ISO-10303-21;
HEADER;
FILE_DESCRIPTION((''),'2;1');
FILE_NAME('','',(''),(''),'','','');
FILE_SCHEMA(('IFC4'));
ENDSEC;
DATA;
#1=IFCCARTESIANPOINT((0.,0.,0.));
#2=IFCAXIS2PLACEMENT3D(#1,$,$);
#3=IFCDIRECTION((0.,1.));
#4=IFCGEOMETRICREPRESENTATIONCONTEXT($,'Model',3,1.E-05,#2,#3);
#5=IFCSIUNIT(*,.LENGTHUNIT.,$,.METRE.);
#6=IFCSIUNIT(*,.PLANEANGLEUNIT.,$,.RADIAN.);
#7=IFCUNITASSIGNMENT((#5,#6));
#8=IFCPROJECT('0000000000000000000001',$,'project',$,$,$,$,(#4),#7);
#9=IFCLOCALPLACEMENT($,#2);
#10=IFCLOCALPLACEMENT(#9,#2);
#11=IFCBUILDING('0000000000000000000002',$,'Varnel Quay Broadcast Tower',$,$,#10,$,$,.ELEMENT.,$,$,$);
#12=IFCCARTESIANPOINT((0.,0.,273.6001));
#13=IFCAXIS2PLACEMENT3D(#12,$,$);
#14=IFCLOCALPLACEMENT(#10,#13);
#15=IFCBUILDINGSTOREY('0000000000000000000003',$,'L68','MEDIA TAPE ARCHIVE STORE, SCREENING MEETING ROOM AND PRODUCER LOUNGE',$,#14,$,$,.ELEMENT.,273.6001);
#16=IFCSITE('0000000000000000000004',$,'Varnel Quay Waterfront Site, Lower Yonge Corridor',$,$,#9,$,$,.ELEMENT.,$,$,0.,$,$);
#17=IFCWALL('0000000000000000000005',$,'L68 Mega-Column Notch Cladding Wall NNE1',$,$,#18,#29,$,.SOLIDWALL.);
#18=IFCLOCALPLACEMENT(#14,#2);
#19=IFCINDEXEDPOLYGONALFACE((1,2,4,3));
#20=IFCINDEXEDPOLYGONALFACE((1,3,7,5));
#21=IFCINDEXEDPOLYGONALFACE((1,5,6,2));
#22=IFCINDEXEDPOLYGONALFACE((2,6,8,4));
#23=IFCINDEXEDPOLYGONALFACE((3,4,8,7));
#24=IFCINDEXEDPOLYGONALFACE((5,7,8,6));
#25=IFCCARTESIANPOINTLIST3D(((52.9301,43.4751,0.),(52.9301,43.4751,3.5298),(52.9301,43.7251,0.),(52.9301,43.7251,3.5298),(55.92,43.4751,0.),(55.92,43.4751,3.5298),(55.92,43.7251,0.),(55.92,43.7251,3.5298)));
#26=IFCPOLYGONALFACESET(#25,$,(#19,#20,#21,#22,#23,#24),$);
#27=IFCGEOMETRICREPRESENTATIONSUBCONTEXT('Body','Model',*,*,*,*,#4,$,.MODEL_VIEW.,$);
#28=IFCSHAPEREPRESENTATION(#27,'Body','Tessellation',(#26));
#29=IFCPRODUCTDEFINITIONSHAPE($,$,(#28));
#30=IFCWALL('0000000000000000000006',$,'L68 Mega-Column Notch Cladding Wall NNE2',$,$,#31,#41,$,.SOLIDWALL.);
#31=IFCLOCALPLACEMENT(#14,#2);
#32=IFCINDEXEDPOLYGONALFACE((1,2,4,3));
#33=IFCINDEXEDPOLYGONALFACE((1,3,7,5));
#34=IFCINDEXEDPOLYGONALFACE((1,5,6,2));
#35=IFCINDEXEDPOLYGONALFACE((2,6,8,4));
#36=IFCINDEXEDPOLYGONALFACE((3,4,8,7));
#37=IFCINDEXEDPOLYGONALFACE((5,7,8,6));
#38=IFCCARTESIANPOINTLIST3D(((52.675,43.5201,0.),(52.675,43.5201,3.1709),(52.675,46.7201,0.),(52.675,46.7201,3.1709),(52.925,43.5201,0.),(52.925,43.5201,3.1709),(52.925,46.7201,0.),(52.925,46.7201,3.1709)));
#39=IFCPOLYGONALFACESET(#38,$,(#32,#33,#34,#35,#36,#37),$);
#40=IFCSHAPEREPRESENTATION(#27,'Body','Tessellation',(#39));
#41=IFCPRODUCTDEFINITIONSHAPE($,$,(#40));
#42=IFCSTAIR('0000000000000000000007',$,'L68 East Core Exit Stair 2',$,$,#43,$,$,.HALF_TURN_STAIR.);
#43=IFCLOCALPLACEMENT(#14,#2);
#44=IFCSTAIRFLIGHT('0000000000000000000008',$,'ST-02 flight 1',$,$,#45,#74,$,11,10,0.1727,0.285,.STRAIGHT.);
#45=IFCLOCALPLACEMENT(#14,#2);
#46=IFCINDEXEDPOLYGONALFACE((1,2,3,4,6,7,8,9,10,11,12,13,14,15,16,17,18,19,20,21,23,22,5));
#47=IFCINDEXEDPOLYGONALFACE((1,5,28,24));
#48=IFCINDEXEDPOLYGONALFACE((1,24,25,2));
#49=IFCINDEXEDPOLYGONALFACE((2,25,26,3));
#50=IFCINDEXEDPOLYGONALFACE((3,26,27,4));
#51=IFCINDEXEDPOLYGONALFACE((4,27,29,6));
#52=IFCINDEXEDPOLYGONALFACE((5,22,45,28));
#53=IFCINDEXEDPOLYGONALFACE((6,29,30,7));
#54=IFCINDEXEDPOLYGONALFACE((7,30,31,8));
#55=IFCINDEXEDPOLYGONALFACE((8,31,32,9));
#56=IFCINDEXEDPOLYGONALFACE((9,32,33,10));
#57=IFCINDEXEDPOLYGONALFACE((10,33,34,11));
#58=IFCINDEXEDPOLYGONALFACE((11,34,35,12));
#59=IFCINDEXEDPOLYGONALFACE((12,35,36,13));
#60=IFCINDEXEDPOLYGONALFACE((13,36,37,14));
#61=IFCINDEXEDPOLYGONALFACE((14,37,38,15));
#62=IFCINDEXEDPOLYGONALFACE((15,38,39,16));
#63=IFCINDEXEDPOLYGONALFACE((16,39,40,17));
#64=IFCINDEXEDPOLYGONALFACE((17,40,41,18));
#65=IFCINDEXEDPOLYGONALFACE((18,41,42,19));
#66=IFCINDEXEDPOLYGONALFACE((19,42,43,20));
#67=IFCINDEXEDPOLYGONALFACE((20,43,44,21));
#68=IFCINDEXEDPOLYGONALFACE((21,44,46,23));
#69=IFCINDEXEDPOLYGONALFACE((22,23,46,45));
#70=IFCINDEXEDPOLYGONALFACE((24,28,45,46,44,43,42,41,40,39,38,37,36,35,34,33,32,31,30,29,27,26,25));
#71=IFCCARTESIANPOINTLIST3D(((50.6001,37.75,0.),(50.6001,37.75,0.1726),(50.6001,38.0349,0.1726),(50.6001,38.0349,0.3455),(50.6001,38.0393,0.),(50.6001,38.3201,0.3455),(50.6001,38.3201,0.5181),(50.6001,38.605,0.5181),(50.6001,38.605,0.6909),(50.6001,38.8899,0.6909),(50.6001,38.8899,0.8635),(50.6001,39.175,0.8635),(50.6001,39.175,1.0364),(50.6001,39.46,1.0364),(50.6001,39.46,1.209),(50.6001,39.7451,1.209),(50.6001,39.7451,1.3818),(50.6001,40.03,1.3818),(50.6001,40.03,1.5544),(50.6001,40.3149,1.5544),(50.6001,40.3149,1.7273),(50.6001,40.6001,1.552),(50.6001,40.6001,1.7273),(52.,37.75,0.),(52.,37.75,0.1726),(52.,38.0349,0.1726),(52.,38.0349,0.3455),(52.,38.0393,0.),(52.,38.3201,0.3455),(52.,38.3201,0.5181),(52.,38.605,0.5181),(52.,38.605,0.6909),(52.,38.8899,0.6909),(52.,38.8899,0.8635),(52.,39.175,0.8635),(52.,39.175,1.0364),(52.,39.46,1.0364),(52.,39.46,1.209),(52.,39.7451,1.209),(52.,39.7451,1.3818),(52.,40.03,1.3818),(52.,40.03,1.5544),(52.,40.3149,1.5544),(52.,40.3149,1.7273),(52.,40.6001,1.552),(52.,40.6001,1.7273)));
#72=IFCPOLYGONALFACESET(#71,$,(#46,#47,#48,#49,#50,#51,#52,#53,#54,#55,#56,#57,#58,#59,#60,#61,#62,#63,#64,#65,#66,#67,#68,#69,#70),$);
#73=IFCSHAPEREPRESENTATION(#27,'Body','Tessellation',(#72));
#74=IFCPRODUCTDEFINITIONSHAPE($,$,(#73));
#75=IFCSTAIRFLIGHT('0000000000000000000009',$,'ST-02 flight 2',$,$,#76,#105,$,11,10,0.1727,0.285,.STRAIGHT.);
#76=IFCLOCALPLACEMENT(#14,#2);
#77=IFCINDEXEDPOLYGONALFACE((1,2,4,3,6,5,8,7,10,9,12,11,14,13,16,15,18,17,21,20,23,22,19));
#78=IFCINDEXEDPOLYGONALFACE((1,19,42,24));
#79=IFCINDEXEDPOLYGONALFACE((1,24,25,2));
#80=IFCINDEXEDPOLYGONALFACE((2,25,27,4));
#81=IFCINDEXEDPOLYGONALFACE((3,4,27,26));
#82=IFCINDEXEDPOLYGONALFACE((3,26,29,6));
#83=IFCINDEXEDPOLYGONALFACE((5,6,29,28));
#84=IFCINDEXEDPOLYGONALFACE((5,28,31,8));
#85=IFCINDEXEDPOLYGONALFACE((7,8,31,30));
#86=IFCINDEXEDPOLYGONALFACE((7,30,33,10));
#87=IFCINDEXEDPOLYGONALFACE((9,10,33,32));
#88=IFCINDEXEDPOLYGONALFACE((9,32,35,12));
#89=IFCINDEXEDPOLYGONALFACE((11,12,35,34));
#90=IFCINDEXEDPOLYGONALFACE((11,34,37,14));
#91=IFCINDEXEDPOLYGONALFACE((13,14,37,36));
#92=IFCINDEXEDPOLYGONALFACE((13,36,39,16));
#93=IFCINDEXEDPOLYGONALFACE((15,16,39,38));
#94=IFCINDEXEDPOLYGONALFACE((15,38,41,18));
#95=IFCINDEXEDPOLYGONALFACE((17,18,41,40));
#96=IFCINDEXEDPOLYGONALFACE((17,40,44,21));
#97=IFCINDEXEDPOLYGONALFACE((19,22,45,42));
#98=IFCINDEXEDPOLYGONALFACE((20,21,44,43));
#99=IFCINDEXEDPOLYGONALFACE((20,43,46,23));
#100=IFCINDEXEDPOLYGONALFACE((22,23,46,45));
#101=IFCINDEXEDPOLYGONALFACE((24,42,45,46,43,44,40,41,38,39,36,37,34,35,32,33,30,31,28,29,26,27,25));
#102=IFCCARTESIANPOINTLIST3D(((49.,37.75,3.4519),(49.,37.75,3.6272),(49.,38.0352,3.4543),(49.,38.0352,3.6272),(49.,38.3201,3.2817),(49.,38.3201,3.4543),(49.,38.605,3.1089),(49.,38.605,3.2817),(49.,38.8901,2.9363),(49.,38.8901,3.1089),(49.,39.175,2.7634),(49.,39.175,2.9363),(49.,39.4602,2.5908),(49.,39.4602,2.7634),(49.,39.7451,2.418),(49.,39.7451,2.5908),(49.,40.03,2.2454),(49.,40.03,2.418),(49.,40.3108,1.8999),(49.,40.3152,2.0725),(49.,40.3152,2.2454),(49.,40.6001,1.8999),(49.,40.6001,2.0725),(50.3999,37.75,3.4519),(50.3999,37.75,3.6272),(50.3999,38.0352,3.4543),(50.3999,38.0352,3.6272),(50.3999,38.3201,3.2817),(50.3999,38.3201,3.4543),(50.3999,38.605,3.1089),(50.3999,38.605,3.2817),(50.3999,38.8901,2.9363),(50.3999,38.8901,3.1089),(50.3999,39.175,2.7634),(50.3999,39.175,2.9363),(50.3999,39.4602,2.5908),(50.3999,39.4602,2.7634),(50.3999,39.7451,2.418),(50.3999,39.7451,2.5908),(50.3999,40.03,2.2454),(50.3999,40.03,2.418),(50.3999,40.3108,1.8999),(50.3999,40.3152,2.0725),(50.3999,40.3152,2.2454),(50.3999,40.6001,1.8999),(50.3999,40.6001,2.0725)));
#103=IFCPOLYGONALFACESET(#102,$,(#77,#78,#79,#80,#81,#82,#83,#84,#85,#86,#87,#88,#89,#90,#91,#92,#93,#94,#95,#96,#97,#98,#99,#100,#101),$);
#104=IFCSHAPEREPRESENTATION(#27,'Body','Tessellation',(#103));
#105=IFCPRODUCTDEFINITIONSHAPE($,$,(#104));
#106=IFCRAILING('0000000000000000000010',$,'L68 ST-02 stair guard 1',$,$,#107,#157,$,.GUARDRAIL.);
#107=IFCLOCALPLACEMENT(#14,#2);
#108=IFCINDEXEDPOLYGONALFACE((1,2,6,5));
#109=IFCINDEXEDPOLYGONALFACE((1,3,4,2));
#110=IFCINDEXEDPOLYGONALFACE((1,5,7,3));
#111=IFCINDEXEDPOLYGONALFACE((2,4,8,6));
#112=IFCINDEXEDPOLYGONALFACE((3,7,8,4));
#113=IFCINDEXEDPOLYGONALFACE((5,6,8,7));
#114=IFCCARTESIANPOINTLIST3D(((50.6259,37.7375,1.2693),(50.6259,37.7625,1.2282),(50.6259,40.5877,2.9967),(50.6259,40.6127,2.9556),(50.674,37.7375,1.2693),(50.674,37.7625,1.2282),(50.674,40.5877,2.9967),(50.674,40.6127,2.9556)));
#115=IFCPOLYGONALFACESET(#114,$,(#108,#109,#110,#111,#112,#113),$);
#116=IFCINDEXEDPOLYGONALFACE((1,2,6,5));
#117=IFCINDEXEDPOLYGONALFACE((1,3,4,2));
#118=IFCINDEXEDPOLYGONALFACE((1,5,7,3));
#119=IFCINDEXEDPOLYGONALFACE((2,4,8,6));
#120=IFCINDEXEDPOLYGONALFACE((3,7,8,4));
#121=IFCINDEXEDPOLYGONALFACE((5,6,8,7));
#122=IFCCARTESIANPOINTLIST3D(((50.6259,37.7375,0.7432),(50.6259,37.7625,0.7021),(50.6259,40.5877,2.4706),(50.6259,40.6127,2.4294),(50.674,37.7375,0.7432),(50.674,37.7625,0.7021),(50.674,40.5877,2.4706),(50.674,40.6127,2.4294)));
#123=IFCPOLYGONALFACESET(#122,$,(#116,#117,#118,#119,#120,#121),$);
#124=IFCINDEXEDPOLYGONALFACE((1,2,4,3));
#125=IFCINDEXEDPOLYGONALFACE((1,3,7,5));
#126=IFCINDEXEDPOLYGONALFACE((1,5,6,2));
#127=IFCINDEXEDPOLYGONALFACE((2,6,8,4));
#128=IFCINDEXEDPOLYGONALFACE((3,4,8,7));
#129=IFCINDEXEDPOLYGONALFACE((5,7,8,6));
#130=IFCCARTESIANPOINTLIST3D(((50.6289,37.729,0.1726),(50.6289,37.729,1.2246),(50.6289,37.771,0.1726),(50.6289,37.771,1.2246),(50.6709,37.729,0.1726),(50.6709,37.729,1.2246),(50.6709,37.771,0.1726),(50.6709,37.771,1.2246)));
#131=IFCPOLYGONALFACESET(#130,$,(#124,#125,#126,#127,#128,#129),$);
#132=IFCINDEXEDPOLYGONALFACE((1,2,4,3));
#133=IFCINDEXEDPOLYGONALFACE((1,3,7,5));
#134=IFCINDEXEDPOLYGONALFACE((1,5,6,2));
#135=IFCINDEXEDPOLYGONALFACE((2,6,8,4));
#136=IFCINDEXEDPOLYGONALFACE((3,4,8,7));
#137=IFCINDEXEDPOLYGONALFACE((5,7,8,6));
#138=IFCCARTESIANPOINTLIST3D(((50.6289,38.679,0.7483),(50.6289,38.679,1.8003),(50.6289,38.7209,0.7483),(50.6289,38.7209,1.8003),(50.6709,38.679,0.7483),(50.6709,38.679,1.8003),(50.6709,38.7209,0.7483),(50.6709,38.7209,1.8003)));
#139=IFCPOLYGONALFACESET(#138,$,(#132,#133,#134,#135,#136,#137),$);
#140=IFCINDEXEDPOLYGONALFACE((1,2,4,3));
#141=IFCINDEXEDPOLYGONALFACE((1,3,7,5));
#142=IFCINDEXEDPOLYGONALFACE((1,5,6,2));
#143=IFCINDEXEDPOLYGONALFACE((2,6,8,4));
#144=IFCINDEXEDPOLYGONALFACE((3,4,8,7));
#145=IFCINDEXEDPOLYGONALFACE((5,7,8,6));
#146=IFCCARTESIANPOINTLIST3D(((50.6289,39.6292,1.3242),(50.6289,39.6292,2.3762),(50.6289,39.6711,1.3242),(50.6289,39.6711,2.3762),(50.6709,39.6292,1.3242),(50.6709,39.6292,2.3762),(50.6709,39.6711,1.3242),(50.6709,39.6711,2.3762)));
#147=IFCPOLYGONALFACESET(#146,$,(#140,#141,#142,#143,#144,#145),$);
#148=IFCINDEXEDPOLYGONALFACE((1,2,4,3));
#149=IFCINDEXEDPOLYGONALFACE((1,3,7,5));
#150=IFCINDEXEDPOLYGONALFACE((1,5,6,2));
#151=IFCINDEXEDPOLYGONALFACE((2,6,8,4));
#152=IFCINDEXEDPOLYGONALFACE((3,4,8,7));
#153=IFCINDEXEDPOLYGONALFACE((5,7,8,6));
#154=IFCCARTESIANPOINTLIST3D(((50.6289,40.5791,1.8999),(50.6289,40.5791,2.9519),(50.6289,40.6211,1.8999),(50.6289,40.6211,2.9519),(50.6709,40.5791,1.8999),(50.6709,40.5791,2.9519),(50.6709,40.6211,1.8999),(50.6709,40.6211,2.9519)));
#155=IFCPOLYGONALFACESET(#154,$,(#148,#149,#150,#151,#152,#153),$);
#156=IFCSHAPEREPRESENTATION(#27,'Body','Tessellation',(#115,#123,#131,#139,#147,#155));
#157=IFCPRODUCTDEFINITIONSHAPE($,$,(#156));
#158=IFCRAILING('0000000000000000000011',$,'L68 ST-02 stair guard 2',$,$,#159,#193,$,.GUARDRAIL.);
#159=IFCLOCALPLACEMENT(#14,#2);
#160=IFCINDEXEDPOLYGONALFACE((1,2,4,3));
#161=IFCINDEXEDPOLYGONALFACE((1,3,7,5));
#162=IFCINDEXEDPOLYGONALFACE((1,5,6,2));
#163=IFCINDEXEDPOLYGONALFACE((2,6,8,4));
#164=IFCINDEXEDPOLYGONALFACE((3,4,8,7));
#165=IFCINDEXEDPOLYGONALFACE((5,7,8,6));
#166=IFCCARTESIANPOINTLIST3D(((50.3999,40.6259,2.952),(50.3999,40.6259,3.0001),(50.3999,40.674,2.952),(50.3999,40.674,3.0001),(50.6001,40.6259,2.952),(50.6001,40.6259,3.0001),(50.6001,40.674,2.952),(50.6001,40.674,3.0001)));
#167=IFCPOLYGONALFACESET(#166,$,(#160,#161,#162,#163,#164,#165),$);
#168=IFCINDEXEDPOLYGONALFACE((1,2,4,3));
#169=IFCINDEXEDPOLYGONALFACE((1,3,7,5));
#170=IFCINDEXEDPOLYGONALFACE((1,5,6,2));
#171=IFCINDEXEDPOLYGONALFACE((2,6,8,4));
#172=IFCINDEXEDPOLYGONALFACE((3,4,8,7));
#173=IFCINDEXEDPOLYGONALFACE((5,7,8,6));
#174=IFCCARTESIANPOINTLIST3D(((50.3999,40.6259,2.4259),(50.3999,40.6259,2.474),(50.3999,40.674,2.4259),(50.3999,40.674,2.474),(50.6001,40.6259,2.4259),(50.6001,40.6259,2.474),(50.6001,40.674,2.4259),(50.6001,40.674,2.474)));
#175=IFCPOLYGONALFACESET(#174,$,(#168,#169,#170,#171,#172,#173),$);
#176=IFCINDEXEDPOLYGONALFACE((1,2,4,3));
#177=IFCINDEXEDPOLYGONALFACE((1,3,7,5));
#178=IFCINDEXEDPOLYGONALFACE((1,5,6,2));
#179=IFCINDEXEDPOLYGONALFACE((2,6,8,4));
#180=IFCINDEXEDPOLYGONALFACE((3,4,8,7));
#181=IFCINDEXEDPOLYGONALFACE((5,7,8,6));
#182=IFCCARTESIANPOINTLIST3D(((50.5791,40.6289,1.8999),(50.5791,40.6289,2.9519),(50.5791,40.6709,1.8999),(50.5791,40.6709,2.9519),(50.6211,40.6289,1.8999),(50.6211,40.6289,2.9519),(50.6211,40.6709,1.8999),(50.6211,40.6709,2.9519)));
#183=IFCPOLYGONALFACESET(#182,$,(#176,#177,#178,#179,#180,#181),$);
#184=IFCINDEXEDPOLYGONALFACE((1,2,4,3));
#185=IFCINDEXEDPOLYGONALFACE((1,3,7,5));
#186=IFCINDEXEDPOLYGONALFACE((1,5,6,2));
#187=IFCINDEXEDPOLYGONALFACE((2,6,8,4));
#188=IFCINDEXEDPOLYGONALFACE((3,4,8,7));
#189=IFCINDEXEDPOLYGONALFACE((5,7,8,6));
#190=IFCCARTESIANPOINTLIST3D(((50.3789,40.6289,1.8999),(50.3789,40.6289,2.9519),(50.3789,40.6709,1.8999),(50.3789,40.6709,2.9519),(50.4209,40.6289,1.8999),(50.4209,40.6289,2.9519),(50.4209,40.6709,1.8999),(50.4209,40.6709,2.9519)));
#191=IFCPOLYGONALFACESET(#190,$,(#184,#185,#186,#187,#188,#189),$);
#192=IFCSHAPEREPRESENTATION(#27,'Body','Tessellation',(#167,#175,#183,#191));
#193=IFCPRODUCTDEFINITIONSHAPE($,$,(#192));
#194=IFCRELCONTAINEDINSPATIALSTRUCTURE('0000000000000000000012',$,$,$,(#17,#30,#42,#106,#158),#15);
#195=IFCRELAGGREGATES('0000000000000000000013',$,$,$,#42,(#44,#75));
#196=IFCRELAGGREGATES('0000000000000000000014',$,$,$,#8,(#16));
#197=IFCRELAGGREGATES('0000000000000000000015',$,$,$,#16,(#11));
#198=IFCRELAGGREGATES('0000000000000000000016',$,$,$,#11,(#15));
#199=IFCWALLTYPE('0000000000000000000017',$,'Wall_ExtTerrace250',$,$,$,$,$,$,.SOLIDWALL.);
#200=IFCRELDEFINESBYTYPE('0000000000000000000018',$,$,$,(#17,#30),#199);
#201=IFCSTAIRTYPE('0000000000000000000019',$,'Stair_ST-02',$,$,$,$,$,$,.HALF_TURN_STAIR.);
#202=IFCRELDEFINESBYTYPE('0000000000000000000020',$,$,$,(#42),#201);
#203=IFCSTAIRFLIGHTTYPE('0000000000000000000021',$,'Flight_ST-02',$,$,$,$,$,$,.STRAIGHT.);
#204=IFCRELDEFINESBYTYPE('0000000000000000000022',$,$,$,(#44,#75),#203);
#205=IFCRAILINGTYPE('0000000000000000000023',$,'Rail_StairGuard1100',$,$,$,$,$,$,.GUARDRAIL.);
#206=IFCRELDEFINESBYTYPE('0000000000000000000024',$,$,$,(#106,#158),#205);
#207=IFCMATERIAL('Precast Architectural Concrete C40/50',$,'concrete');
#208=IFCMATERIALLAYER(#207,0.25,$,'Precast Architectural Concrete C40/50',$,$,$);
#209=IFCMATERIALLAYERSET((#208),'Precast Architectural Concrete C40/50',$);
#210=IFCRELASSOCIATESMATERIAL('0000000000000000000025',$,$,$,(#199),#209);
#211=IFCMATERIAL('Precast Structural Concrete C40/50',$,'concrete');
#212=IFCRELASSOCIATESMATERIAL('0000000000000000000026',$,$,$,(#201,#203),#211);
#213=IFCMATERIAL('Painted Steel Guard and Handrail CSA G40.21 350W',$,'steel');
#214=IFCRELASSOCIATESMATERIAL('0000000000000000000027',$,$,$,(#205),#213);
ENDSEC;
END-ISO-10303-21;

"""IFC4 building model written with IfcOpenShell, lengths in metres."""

from ifc_helpers import new_model, si_unit, direction, frame, frame_2d, origin, origin_2d, place, context, subcontext, project, spatial, polyline, rectangle, outline, extrude, material, layer, layer_set, type_object, element, aggregate, save


model = new_model("IFC4")

# Units and contexts
model_context = context("Model", 3, precision=1e-05, world=origin(), true_north=direction((0.0, 1.0)))
body_context = subcontext(model_context, "Body", "Model", "MODEL_VIEW")
ifc_project = project(units=[si_unit("LENGTHUNIT", "METRE"), si_unit("PLANEANGLEUNIT", "RADIAN")], contexts=[model_context])

# Site, building, storey
site_placement = place(None, origin())
site = spatial("IfcSite", under=ifc_project, at=site_placement, Name="Varnel Quay Waterfront Site, Lower Yonge Corridor", CompositionType="ELEMENT", RefElevation=0.0)
building_placement = place(site_placement, origin())
building = spatial("IfcBuilding", under=site, at=building_placement, Name="Varnel Quay Broadcast Tower", CompositionType="ELEMENT")
storey_placement = place(building_placement, frame((0.0, 0.0, 273.6001)))
storey = spatial("IfcBuildingStorey", under=building, at=storey_placement, Name="L68", Description="MEDIA TAPE ARCHIVE STORE, SCREENING MEETING ROOM AND PRODUCER LOUNGE", CompositionType="ELEMENT", Elevation=273.6001)

# Walls
ifc_material_1 = material(Name="Precast Architectural Concrete C40/50", Category="concrete")
ifc_layer_1 = layer(ifc_material_1, 0.25, Name="Precast Architectural Concrete C40/50")
ifc_layer_set_1 = layer_set([ifc_layer_1], Name="Precast Architectural Concrete C40/50")
wall_type_1 = type_object("IfcWallType", Name="Wall_ExtTerrace250", PredefinedType="SOLIDWALL", material=ifc_layer_set_1)
wall_1_placement = place(storey_placement, frame((52.9299, 43.6001, 0.0), z_axis=(0.0, 0.0, 1.0), x_axis=(1.0, 0.0, 0.0)))
element("IfcWall", 1, at=wall_1_placement, inside=storey, type_object=wall_type_1, Name="L68 Mega-Column Notch Cladding Wall NNE1", PredefinedType="SOLIDWALL", context=body_context, shape_type="SweptSolid", body=[
    extrude(rectangle(XDim=2.99, YDim=0.25, at=frame_2d((1.4951, 0.0))), origin(), (0.0, 0.0, 1.0), 3.5298),
])
wall_2_placement = place(storey_placement, frame((52.8, 43.52, 0.0), z_axis=(0.0, 0.0, 1.0), x_axis=(0.0, 1.0, 0.0)))
element("IfcWall", 2, at=wall_2_placement, inside=storey, type_object=wall_type_1, Name="L68 Mega-Column Notch Cladding Wall NNE2", PredefinedType="SOLIDWALL", context=body_context, shape_type="SweptSolid", body=[
    extrude(rectangle(XDim=3.2, YDim=0.25, at=frame_2d((1.6001, 0.0))), origin(), (0.0, 0.0, 1.0), 3.1709),
])

# Stair, stair flights
ifc_material_2 = material(Name="Precast Structural Concrete C40/50", Category="concrete")
stair_type = type_object("IfcStairType", Name="Stair_ST-02", PredefinedType="HALF_TURN_STAIR", material=ifc_material_2)
stair_placement = place(storey_placement, origin())
stair = element("IfcStair", 3, at=stair_placement, inside=storey, type_object=stair_type, Name="L68 East Core Exit Stair 2", PredefinedType="HALF_TURN_STAIR")
stair_flight_type = type_object("IfcStairFlightType", Name="Flight_ST-02", PredefinedType="STRAIGHT", material=ifc_material_2)
stair_flight_1_placement = place(storey_placement, frame((51.3, 37.75, 0.0), z_axis=(0.0, 0.0, 1.0), x_axis=(0.0, 1.0, 0.0)))
stair_flight_1 = element("IfcStairFlight", 4, at=stair_flight_1_placement, type_object=stair_flight_type, Name="ST-02 flight 1", NumberOfRisers=11, NumberOfTreads=10, PredefinedType="STRAIGHT", RiserHeight=0.1727, TreadLength=0.285, context=body_context, shape_type="SweptSolid", body=[
    extrude(outline(polyline([(0.0, 0.0), (0.0, 0.1726), (0.2849, 0.1726), (0.2849, 0.3455), (0.5701, 0.3455), (0.5701, 0.5181), (0.855, 0.5181), (0.855, 0.6909), (1.1399, 0.6909), (1.1399, 0.8635), (1.425, 0.8635), (1.425, 1.0364), (1.71, 1.0364), (1.71, 1.209), (1.9951, 1.209), (1.9951, 1.3818), (2.28, 1.3818), (2.28, 1.5544), (2.5649, 1.5544), (2.5649, 1.7273), (2.8501, 1.7273), (2.8501, 1.8999), (2.8501, 1.552), (0.2893, 0.0), (0.0, 0.0)])), frame((0.0, 0.7, 0.0), z_axis=(0.0, -1.0, 0.0), x_axis=(1.0, 0.0, 0.0)), (0.0, 0.0, 1.0), 1.3999),
])
stair_flight_2_placement = place(storey_placement, frame((49.7, 40.6001, 1.8999), z_axis=(0.0, 0.0, 1.0), x_axis=(0.0, -1.0, 0.0)))
stair_flight_2 = element("IfcStairFlight", 5, at=stair_flight_2_placement, type_object=stair_flight_type, Name="ST-02 flight 2", NumberOfRisers=11, NumberOfTreads=10, PredefinedType="STRAIGHT", RiserHeight=0.1727, TreadLength=0.285, context=body_context, shape_type="SweptSolid", body=[
    extrude(outline(polyline([(0.0, 0.0), (0.0, 0.1726), (0.2849, 0.1726), (0.2849, 0.3455), (0.5701, 0.3455), (0.5701, 0.5181), (0.855, 0.5181), (0.855, 0.6909), (1.1399, 0.6909), (1.1399, 0.8635), (1.425, 0.8635), (1.425, 1.0364), (1.71, 1.0364), (1.71, 1.209), (1.9951, 1.209), (1.9951, 1.3818), (2.28, 1.3818), (2.28, 1.5544), (2.5649, 1.5544), (2.5649, 1.7273), (2.8501, 1.7273), (2.8501, 1.8999), (2.8501, 1.552), (0.2893, 0.0), (0.0, 0.0)])), frame((0.0, 0.7, 0.0), z_axis=(0.0, -1.0, 0.0), x_axis=(1.0, 0.0, 0.0)), (0.0, 0.0, 1.0), 1.3999),
])
aggregate(stair, [stair_flight_1, stair_flight_2])

# Railings
ifc_material_3 = material(Name="Painted Steel Guard and Handrail CSA G40.21 350W", Category="steel")
railing_type_1 = type_object("IfcRailingType", Name="Rail_StairGuard1100", PredefinedType="GUARDRAIL", material=ifc_material_3)
railing_1_placement = place(storey_placement, frame((50.6499, 37.75, 0.1726)))
element("IfcRailing", 6, at=railing_1_placement, inside=storey, type_object=railing_type_1, Name="L68 ST-02 stair guard 1", PredefinedType="GUARDRAIL", context=body_context, shape_type="SweptSolid", body=[
    extrude(rectangle(XDim=0.0481, YDim=0.0481, at=origin_2d()), frame((0.0, 0.0, 1.0762), z_axis=(0.0, 0.855203, 0.518294), x_axis=(-1.0, 0.0, 0.0)), (0.0, 0.0, 1.0), 3.3328),
    extrude(rectangle(XDim=0.0481, YDim=0.0481, at=origin_2d()), frame((0.0, 0.0, 0.55), z_axis=(0.0, 0.855203, 0.518294), x_axis=(-1.0, 0.0, 0.0)), (0.0, 0.0, 1.0), 3.3328),
    extrude(rectangle(XDim=0.042, YDim=0.042, at=origin_2d()), origin(), (0.0, 0.0, 1.0), 1.052),
    extrude(rectangle(XDim=0.042, YDim=0.042, at=origin_2d()), frame((0.0, 0.95, 0.5757)), (0.0, 0.0, 1.0), 1.052),
    extrude(rectangle(XDim=0.042, YDim=0.042, at=origin_2d()), frame((0.0, 1.9001, 1.1516)), (0.0, 0.0, 1.0), 1.052),
    extrude(rectangle(XDim=0.042, YDim=0.042, at=origin_2d()), frame((0.0, 2.8501, 1.7273)), (0.0, 0.0, 1.0), 1.052),
])
railing_2_placement = place(storey_placement, frame((50.6001, 40.6499, 1.8999)))
element("IfcRailing", 7, at=railing_2_placement, inside=storey, type_object=railing_type_1, Name="L68 ST-02 stair guard 2", PredefinedType="GUARDRAIL", context=body_context, shape_type="SweptSolid", body=[
    extrude(rectangle(XDim=0.0481, YDim=0.0481, at=origin_2d()), frame((0.0, 0.0, 1.0762), z_axis=(-1.0, 0.0, 0.0), x_axis=(0.0, -1.0, 0.0)), (0.0, 0.0, 1.0), 0.2002),
    extrude(rectangle(XDim=0.0481, YDim=0.0481, at=origin_2d()), frame((0.0, 0.0, 0.55), z_axis=(-1.0, 0.0, 0.0), x_axis=(0.0, -1.0, 0.0)), (0.0, 0.0, 1.0), 0.2002),
    extrude(rectangle(XDim=0.042, YDim=0.042, at=origin_2d()), origin(), (0.0, 0.0, 1.0), 1.052),
    extrude(rectangle(XDim=0.042, YDim=0.042, at=origin_2d()), frame((-0.2002, 0.0, 0.0)), (0.0, 0.0, 1.0), 1.052),
])

save(model, "model.ifc")
